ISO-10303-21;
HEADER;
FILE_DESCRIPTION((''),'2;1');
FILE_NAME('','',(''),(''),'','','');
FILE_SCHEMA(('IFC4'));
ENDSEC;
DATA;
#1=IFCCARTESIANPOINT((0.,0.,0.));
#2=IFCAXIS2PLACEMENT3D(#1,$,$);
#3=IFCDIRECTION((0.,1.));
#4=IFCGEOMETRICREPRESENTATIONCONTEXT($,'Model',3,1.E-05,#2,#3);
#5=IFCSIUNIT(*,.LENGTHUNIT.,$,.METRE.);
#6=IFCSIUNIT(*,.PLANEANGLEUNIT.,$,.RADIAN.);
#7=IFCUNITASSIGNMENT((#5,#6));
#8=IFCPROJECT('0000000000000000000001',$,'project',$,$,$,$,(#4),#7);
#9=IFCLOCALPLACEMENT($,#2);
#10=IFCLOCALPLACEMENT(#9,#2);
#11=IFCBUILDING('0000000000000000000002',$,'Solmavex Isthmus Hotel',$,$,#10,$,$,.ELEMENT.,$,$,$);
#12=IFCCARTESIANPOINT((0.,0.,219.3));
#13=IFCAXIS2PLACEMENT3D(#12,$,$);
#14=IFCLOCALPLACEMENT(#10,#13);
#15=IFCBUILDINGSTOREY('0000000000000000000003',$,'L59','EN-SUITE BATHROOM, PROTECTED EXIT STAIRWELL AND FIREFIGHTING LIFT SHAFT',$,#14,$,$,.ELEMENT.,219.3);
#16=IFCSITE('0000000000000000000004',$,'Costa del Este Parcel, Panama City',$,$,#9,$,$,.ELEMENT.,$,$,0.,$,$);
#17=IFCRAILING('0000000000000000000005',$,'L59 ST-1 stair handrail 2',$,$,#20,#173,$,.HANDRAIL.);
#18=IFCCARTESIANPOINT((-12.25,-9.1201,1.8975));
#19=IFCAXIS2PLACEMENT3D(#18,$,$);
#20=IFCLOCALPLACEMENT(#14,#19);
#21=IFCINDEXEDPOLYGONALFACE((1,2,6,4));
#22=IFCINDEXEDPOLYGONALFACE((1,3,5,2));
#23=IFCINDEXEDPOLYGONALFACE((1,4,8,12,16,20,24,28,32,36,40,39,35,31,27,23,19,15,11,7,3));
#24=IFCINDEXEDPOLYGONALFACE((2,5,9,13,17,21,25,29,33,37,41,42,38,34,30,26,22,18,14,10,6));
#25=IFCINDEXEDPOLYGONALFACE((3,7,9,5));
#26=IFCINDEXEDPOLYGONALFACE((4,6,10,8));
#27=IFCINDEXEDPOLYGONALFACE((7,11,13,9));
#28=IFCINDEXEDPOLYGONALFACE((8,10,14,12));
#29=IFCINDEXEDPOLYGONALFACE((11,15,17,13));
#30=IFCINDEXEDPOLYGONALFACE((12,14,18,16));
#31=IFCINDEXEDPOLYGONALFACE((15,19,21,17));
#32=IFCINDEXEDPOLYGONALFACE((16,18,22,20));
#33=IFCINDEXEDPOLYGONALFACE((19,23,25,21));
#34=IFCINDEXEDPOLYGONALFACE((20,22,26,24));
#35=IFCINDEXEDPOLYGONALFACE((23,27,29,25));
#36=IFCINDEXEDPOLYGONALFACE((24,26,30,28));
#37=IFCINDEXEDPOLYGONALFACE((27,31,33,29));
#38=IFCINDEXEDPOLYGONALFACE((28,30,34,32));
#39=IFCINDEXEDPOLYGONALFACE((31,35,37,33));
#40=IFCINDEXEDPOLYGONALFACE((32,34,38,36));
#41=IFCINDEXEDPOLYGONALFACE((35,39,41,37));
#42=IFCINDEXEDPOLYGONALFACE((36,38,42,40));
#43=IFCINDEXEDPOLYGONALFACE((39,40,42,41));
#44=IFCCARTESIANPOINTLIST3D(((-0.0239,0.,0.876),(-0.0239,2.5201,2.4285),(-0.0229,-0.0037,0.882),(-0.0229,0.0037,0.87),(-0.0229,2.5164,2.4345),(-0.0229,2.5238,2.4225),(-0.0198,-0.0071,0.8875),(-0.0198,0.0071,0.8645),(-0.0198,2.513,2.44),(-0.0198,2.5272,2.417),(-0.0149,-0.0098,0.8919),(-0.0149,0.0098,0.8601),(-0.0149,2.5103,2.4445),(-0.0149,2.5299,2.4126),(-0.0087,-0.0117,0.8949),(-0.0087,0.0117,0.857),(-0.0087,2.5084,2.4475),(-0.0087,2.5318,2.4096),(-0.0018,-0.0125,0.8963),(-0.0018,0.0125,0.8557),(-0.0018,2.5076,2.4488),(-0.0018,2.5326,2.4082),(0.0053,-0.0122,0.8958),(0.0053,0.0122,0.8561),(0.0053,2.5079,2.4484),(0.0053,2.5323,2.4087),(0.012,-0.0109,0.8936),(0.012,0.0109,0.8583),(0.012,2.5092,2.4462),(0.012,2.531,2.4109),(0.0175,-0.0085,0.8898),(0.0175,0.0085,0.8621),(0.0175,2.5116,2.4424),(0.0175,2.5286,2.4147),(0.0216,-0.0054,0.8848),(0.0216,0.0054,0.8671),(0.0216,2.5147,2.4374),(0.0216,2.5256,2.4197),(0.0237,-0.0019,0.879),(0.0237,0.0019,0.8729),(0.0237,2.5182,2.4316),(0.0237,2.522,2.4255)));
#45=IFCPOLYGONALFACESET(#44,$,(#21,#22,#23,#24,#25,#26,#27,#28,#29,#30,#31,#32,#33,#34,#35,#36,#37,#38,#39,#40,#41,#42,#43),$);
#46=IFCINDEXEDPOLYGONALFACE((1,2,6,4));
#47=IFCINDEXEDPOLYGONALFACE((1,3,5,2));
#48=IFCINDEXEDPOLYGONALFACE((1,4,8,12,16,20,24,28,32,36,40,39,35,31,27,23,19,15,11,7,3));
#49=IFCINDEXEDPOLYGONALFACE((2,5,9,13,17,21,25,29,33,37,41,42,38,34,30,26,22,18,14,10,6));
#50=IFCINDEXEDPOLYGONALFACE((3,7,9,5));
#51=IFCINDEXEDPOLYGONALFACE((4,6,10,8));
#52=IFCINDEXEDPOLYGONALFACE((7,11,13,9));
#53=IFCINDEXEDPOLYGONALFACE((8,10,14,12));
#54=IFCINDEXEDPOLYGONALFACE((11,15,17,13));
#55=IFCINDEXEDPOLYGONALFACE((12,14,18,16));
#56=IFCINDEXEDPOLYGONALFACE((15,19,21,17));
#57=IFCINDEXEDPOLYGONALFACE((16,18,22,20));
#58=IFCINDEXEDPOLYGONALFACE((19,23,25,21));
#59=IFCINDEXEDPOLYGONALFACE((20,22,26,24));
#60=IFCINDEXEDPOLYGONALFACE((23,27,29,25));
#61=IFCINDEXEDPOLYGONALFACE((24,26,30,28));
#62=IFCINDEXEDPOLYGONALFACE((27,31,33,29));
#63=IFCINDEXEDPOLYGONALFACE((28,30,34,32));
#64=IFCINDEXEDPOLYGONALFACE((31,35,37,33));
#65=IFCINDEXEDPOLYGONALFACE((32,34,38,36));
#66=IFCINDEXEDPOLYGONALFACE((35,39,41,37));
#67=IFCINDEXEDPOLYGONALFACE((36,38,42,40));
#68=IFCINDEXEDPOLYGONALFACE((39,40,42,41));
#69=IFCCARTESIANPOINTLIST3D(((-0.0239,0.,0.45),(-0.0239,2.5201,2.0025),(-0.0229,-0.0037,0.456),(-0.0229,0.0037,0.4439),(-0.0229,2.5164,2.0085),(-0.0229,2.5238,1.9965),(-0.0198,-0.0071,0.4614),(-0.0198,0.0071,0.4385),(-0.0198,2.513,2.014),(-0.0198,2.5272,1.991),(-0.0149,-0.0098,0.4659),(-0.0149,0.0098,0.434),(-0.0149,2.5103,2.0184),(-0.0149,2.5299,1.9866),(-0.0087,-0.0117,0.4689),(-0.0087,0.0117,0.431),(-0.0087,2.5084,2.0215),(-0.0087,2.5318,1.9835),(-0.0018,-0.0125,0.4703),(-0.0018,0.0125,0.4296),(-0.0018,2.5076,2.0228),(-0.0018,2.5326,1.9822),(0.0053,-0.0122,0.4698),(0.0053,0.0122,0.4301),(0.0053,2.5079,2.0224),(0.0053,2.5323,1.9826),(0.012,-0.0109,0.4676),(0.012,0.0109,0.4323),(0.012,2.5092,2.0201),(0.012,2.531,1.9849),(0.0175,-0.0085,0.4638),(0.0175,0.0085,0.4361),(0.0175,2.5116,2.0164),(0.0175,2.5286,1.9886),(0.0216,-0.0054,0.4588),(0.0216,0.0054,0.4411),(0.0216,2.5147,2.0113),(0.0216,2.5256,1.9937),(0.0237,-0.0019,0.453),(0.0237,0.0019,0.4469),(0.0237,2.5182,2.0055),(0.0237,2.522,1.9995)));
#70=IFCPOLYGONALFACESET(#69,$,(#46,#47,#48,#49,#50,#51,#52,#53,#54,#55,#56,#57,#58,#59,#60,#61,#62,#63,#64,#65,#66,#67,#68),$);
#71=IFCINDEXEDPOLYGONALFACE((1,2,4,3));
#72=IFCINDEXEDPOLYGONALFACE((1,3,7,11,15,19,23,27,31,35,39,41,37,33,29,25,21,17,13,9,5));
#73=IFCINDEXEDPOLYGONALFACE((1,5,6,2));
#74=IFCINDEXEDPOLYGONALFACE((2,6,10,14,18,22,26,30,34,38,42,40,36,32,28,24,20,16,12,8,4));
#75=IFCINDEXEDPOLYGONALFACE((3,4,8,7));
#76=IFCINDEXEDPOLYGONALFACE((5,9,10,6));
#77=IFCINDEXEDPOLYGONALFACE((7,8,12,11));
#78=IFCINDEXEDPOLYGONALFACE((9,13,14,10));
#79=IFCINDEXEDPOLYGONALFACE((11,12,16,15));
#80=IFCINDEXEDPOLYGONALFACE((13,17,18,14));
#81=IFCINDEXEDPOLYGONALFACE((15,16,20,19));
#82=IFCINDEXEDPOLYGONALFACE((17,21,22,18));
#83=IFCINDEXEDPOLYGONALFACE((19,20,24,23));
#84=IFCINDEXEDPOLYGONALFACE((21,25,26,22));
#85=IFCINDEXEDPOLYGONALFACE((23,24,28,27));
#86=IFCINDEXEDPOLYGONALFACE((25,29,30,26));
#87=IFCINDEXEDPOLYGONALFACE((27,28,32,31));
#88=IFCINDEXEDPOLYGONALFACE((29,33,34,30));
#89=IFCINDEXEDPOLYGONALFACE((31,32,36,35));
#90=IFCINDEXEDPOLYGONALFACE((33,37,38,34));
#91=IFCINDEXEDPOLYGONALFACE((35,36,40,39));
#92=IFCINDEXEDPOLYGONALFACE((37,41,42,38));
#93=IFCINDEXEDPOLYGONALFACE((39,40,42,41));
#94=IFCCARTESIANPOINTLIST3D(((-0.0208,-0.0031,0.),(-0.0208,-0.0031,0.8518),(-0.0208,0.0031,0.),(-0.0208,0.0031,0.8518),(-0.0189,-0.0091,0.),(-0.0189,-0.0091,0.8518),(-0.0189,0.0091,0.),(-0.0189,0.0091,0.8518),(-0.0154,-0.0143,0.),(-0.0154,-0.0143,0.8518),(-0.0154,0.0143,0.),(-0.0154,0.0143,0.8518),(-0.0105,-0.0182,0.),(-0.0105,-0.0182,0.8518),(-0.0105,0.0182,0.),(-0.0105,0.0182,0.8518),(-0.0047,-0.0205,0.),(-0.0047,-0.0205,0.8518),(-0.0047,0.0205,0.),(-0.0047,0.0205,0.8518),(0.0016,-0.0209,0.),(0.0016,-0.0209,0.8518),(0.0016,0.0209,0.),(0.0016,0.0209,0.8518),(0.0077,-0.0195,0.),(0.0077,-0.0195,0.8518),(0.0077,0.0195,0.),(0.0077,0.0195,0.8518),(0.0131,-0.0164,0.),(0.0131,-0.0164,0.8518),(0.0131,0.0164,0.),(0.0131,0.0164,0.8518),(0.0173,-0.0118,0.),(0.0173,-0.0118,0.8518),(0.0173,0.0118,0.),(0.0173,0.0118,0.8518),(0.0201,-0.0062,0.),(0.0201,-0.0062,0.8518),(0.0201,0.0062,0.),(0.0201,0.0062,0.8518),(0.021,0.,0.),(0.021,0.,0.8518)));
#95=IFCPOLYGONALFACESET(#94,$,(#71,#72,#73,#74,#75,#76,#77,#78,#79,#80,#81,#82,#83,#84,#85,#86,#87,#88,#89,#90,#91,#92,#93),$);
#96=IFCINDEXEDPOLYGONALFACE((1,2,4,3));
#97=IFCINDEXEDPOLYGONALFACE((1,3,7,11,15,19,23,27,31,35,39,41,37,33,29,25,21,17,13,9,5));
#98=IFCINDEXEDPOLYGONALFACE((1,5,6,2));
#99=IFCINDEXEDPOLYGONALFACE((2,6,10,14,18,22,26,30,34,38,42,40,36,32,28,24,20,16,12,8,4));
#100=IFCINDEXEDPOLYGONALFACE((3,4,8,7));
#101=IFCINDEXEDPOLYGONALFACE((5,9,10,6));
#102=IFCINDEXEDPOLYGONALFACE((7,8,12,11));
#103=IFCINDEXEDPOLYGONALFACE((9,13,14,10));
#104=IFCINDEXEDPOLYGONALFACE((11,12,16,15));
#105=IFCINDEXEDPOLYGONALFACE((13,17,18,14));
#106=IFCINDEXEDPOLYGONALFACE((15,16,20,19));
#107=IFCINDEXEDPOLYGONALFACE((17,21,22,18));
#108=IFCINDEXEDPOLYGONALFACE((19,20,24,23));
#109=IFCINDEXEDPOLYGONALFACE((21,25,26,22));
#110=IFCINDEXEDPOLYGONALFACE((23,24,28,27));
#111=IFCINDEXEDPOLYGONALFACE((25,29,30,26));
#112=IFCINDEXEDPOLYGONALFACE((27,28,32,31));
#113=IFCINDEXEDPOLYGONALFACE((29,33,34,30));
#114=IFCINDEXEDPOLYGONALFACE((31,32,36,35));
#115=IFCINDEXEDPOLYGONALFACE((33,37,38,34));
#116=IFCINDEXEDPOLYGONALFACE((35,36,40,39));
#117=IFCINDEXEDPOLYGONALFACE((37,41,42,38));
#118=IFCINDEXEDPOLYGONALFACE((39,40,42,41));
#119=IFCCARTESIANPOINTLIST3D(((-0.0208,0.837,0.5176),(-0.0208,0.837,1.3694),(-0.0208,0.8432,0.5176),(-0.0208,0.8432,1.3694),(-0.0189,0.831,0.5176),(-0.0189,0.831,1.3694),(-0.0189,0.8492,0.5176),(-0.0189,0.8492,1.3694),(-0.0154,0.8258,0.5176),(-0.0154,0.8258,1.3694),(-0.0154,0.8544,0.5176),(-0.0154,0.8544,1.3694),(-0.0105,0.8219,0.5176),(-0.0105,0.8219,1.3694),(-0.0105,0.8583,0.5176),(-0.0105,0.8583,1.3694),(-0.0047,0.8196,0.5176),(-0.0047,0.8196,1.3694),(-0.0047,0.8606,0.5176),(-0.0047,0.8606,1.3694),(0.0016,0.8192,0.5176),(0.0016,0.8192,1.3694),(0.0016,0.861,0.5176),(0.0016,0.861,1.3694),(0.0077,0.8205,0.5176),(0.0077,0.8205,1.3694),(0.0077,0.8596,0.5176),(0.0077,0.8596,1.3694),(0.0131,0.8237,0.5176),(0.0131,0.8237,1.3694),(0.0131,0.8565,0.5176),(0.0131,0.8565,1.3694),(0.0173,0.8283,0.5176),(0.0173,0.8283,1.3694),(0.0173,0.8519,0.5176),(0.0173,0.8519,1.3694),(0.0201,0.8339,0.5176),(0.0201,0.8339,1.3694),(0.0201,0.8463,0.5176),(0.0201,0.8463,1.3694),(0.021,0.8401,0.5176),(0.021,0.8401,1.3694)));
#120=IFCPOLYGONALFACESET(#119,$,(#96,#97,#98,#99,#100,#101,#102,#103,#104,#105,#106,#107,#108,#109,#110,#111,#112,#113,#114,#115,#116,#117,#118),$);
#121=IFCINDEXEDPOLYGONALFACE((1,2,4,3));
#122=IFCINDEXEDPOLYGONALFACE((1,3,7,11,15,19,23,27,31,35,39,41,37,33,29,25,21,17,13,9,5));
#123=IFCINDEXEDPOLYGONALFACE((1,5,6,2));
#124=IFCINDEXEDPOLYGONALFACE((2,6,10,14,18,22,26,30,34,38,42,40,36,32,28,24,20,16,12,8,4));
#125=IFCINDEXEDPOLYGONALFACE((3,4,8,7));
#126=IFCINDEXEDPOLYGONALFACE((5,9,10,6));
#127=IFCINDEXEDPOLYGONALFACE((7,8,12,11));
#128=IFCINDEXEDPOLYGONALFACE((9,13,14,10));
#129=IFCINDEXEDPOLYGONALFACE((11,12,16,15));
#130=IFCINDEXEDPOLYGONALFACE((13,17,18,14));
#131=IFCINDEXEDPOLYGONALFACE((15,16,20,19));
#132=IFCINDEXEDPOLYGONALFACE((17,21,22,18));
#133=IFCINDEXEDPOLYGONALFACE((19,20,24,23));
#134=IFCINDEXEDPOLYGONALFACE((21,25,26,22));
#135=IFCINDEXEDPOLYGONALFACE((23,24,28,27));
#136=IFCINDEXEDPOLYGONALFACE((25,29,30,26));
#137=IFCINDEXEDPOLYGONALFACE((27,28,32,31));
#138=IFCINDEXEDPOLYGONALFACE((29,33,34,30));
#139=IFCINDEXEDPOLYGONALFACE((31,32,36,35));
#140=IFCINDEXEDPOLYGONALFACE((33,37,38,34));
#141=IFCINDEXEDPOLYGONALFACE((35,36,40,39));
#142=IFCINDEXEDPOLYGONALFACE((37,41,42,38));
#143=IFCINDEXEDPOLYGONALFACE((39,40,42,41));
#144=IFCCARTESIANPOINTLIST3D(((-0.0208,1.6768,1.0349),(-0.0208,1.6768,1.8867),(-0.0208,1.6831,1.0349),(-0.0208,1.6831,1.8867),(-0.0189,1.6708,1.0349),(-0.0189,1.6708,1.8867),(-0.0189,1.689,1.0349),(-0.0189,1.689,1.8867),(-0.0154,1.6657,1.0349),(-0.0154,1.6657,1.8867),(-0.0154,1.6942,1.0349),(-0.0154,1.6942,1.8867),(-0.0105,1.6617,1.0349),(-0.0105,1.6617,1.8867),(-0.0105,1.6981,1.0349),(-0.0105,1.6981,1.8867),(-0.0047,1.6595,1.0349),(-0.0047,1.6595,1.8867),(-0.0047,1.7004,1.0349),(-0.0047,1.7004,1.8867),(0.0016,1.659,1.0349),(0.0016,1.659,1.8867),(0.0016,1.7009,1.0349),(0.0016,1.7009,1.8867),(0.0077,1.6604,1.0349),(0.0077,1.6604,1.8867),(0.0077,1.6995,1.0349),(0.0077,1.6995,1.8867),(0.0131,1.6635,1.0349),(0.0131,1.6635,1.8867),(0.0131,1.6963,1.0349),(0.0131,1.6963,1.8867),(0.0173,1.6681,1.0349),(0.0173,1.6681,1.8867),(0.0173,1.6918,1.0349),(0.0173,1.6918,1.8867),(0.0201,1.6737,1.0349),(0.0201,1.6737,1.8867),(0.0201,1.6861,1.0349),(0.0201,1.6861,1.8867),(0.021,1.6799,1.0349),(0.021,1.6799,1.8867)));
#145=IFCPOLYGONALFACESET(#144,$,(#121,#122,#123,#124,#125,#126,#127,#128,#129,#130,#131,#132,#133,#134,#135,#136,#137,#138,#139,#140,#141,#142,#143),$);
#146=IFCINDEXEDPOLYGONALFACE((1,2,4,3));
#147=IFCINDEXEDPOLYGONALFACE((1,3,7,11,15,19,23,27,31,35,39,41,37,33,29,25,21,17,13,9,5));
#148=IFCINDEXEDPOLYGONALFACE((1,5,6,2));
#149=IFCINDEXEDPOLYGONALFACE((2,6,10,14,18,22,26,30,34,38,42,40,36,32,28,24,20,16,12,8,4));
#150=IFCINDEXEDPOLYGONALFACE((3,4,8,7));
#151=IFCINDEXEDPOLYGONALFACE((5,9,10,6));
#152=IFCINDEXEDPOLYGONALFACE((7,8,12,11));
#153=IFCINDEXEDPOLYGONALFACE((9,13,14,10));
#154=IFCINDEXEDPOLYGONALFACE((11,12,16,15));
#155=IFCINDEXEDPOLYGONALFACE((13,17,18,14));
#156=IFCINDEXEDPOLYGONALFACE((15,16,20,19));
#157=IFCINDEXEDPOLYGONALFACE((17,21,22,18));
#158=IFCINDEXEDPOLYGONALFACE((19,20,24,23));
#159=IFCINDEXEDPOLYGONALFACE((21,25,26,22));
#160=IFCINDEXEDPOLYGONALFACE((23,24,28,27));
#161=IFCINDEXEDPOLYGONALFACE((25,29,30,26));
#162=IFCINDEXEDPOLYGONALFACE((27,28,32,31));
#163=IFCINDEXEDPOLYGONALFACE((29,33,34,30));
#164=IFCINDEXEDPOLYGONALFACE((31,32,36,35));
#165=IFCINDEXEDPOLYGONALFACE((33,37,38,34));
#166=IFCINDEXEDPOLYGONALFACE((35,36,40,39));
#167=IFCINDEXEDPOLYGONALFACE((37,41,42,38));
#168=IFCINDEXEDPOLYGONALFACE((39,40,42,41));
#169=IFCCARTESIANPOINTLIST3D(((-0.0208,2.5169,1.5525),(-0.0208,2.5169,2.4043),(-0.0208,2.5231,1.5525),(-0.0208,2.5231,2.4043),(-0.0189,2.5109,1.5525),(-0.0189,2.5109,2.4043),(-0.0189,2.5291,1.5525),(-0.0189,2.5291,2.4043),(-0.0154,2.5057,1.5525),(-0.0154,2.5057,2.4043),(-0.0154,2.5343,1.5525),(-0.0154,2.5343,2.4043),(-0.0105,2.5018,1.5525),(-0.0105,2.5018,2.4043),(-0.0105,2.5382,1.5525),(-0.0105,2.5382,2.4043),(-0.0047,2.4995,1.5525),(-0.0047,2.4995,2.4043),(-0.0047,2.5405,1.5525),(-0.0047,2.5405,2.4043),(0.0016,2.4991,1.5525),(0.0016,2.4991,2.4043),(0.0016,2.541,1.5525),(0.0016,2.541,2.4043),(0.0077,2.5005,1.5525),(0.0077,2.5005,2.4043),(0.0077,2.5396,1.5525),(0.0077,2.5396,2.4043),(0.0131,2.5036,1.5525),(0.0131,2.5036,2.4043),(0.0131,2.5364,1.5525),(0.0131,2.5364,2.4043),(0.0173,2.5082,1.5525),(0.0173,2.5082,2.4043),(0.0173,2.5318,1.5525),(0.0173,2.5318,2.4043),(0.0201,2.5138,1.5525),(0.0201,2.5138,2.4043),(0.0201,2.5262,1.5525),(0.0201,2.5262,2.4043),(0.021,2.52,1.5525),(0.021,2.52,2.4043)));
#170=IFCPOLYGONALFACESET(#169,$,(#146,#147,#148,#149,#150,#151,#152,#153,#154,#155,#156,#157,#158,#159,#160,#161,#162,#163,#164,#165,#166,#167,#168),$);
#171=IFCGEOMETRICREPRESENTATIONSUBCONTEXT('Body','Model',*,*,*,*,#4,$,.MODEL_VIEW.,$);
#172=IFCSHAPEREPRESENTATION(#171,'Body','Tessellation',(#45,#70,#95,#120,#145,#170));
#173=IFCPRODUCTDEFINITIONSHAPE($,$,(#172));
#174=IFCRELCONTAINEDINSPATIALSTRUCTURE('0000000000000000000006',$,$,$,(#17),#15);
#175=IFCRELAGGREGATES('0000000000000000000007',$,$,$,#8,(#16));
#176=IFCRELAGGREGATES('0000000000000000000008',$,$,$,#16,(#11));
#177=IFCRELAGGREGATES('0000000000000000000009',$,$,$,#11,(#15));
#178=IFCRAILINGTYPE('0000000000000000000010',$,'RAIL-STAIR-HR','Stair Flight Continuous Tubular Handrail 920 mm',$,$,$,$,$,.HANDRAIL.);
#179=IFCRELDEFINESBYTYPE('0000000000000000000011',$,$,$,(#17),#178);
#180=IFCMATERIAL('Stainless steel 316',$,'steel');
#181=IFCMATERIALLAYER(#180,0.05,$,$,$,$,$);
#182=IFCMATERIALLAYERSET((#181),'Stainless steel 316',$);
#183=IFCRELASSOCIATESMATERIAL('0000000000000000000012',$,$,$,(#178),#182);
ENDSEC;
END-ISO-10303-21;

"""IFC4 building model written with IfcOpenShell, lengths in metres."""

from ifc_helpers import new_model, si_unit, direction, frame, origin, origin_2d, place, context, subcontext, project, spatial, circle, extrude, material, layer, layer_set, type_object, element, save


model = new_model("IFC4")

# Units and contexts
model_context = context("Model", 3, precision=1e-05, world=origin(), true_north=direction((0.0, 1.0)))
body_context = subcontext(model_context, "Body", "Model", "MODEL_VIEW")
ifc_project = project(units=[si_unit("LENGTHUNIT", "METRE"), si_unit("PLANEANGLEUNIT", "RADIAN")], contexts=[model_context])

# Site, building, storey
site_placement = place(None, origin())
site = spatial("IfcSite", under=ifc_project, at=site_placement, Name="Costa del Este Parcel, Panama City", CompositionType="ELEMENT", RefElevation=0.0)
building_placement = place(site_placement, origin())
building = spatial("IfcBuilding", under=site, at=building_placement, Name="Solmavex Isthmus Hotel", CompositionType="ELEMENT")
storey_placement = place(building_placement, frame((0.0, 0.0, 219.3)))
storey = spatial("IfcBuildingStorey", under=building, at=storey_placement, Name="L59", Description="EN-SUITE BATHROOM, PROTECTED EXIT STAIRWELL AND FIREFIGHTING LIFT SHAFT", CompositionType="ELEMENT", Elevation=219.3)

# Railing
ifc_material_1 = material(Name="Stainless steel 316", Category="steel")
ifc_layer_1 = layer(ifc_material_1, 0.05)
ifc_layer_set_1 = layer_set([ifc_layer_1], Name="Stainless steel 316")
railing_type_1 = type_object("IfcRailingType", Name="RAIL-STAIR-HR", Description="Stair Flight Continuous Tubular Handrail 920 mm", PredefinedType="HANDRAIL", material=ifc_layer_set_1)
railing_1_placement = place(storey_placement, frame((-12.25, -9.1201, 1.8975)))
element("IfcRailing", 1, at=railing_1_placement, inside=storey, type_object=railing_type_1, Name="L59 ST-1 stair handrail 2", PredefinedType="HANDRAIL", context=body_context, shape_type="SweptSolid", body=[
    extrude(circle(Radius=0.0239, at=origin_2d()), frame((0.0, 0.0, 0.876), z_axis=(0.0, 0.8514, 0.524516), x_axis=(-1.0, 0.0, 0.0)), (0.0, 0.0, 1.0), 2.96),
    extrude(circle(Radius=0.0239, at=origin_2d()), frame((0.0, 0.0, 0.45), z_axis=(0.0, 0.8514, 0.524516), x_axis=(-1.0, 0.0, 0.0)), (0.0, 0.0, 1.0), 2.96),
    extrude(circle(Radius=0.021, at=origin_2d()), origin(), (0.0, 0.0, 1.0), 0.8518),
    extrude(circle(Radius=0.021, at=origin_2d()), frame((0.0, 0.8401, 0.5176)), (0.0, 0.0, 1.0), 0.8518),
    extrude(circle(Radius=0.021, at=origin_2d()), frame((0.0, 1.6799, 1.0349)), (0.0, 0.0, 1.0), 0.8518),
    extrude(circle(Radius=0.021, at=origin_2d()), frame((0.0, 2.52, 1.5525)), (0.0, 0.0, 1.0), 0.8518),
])

save(model, "model.ifc")
